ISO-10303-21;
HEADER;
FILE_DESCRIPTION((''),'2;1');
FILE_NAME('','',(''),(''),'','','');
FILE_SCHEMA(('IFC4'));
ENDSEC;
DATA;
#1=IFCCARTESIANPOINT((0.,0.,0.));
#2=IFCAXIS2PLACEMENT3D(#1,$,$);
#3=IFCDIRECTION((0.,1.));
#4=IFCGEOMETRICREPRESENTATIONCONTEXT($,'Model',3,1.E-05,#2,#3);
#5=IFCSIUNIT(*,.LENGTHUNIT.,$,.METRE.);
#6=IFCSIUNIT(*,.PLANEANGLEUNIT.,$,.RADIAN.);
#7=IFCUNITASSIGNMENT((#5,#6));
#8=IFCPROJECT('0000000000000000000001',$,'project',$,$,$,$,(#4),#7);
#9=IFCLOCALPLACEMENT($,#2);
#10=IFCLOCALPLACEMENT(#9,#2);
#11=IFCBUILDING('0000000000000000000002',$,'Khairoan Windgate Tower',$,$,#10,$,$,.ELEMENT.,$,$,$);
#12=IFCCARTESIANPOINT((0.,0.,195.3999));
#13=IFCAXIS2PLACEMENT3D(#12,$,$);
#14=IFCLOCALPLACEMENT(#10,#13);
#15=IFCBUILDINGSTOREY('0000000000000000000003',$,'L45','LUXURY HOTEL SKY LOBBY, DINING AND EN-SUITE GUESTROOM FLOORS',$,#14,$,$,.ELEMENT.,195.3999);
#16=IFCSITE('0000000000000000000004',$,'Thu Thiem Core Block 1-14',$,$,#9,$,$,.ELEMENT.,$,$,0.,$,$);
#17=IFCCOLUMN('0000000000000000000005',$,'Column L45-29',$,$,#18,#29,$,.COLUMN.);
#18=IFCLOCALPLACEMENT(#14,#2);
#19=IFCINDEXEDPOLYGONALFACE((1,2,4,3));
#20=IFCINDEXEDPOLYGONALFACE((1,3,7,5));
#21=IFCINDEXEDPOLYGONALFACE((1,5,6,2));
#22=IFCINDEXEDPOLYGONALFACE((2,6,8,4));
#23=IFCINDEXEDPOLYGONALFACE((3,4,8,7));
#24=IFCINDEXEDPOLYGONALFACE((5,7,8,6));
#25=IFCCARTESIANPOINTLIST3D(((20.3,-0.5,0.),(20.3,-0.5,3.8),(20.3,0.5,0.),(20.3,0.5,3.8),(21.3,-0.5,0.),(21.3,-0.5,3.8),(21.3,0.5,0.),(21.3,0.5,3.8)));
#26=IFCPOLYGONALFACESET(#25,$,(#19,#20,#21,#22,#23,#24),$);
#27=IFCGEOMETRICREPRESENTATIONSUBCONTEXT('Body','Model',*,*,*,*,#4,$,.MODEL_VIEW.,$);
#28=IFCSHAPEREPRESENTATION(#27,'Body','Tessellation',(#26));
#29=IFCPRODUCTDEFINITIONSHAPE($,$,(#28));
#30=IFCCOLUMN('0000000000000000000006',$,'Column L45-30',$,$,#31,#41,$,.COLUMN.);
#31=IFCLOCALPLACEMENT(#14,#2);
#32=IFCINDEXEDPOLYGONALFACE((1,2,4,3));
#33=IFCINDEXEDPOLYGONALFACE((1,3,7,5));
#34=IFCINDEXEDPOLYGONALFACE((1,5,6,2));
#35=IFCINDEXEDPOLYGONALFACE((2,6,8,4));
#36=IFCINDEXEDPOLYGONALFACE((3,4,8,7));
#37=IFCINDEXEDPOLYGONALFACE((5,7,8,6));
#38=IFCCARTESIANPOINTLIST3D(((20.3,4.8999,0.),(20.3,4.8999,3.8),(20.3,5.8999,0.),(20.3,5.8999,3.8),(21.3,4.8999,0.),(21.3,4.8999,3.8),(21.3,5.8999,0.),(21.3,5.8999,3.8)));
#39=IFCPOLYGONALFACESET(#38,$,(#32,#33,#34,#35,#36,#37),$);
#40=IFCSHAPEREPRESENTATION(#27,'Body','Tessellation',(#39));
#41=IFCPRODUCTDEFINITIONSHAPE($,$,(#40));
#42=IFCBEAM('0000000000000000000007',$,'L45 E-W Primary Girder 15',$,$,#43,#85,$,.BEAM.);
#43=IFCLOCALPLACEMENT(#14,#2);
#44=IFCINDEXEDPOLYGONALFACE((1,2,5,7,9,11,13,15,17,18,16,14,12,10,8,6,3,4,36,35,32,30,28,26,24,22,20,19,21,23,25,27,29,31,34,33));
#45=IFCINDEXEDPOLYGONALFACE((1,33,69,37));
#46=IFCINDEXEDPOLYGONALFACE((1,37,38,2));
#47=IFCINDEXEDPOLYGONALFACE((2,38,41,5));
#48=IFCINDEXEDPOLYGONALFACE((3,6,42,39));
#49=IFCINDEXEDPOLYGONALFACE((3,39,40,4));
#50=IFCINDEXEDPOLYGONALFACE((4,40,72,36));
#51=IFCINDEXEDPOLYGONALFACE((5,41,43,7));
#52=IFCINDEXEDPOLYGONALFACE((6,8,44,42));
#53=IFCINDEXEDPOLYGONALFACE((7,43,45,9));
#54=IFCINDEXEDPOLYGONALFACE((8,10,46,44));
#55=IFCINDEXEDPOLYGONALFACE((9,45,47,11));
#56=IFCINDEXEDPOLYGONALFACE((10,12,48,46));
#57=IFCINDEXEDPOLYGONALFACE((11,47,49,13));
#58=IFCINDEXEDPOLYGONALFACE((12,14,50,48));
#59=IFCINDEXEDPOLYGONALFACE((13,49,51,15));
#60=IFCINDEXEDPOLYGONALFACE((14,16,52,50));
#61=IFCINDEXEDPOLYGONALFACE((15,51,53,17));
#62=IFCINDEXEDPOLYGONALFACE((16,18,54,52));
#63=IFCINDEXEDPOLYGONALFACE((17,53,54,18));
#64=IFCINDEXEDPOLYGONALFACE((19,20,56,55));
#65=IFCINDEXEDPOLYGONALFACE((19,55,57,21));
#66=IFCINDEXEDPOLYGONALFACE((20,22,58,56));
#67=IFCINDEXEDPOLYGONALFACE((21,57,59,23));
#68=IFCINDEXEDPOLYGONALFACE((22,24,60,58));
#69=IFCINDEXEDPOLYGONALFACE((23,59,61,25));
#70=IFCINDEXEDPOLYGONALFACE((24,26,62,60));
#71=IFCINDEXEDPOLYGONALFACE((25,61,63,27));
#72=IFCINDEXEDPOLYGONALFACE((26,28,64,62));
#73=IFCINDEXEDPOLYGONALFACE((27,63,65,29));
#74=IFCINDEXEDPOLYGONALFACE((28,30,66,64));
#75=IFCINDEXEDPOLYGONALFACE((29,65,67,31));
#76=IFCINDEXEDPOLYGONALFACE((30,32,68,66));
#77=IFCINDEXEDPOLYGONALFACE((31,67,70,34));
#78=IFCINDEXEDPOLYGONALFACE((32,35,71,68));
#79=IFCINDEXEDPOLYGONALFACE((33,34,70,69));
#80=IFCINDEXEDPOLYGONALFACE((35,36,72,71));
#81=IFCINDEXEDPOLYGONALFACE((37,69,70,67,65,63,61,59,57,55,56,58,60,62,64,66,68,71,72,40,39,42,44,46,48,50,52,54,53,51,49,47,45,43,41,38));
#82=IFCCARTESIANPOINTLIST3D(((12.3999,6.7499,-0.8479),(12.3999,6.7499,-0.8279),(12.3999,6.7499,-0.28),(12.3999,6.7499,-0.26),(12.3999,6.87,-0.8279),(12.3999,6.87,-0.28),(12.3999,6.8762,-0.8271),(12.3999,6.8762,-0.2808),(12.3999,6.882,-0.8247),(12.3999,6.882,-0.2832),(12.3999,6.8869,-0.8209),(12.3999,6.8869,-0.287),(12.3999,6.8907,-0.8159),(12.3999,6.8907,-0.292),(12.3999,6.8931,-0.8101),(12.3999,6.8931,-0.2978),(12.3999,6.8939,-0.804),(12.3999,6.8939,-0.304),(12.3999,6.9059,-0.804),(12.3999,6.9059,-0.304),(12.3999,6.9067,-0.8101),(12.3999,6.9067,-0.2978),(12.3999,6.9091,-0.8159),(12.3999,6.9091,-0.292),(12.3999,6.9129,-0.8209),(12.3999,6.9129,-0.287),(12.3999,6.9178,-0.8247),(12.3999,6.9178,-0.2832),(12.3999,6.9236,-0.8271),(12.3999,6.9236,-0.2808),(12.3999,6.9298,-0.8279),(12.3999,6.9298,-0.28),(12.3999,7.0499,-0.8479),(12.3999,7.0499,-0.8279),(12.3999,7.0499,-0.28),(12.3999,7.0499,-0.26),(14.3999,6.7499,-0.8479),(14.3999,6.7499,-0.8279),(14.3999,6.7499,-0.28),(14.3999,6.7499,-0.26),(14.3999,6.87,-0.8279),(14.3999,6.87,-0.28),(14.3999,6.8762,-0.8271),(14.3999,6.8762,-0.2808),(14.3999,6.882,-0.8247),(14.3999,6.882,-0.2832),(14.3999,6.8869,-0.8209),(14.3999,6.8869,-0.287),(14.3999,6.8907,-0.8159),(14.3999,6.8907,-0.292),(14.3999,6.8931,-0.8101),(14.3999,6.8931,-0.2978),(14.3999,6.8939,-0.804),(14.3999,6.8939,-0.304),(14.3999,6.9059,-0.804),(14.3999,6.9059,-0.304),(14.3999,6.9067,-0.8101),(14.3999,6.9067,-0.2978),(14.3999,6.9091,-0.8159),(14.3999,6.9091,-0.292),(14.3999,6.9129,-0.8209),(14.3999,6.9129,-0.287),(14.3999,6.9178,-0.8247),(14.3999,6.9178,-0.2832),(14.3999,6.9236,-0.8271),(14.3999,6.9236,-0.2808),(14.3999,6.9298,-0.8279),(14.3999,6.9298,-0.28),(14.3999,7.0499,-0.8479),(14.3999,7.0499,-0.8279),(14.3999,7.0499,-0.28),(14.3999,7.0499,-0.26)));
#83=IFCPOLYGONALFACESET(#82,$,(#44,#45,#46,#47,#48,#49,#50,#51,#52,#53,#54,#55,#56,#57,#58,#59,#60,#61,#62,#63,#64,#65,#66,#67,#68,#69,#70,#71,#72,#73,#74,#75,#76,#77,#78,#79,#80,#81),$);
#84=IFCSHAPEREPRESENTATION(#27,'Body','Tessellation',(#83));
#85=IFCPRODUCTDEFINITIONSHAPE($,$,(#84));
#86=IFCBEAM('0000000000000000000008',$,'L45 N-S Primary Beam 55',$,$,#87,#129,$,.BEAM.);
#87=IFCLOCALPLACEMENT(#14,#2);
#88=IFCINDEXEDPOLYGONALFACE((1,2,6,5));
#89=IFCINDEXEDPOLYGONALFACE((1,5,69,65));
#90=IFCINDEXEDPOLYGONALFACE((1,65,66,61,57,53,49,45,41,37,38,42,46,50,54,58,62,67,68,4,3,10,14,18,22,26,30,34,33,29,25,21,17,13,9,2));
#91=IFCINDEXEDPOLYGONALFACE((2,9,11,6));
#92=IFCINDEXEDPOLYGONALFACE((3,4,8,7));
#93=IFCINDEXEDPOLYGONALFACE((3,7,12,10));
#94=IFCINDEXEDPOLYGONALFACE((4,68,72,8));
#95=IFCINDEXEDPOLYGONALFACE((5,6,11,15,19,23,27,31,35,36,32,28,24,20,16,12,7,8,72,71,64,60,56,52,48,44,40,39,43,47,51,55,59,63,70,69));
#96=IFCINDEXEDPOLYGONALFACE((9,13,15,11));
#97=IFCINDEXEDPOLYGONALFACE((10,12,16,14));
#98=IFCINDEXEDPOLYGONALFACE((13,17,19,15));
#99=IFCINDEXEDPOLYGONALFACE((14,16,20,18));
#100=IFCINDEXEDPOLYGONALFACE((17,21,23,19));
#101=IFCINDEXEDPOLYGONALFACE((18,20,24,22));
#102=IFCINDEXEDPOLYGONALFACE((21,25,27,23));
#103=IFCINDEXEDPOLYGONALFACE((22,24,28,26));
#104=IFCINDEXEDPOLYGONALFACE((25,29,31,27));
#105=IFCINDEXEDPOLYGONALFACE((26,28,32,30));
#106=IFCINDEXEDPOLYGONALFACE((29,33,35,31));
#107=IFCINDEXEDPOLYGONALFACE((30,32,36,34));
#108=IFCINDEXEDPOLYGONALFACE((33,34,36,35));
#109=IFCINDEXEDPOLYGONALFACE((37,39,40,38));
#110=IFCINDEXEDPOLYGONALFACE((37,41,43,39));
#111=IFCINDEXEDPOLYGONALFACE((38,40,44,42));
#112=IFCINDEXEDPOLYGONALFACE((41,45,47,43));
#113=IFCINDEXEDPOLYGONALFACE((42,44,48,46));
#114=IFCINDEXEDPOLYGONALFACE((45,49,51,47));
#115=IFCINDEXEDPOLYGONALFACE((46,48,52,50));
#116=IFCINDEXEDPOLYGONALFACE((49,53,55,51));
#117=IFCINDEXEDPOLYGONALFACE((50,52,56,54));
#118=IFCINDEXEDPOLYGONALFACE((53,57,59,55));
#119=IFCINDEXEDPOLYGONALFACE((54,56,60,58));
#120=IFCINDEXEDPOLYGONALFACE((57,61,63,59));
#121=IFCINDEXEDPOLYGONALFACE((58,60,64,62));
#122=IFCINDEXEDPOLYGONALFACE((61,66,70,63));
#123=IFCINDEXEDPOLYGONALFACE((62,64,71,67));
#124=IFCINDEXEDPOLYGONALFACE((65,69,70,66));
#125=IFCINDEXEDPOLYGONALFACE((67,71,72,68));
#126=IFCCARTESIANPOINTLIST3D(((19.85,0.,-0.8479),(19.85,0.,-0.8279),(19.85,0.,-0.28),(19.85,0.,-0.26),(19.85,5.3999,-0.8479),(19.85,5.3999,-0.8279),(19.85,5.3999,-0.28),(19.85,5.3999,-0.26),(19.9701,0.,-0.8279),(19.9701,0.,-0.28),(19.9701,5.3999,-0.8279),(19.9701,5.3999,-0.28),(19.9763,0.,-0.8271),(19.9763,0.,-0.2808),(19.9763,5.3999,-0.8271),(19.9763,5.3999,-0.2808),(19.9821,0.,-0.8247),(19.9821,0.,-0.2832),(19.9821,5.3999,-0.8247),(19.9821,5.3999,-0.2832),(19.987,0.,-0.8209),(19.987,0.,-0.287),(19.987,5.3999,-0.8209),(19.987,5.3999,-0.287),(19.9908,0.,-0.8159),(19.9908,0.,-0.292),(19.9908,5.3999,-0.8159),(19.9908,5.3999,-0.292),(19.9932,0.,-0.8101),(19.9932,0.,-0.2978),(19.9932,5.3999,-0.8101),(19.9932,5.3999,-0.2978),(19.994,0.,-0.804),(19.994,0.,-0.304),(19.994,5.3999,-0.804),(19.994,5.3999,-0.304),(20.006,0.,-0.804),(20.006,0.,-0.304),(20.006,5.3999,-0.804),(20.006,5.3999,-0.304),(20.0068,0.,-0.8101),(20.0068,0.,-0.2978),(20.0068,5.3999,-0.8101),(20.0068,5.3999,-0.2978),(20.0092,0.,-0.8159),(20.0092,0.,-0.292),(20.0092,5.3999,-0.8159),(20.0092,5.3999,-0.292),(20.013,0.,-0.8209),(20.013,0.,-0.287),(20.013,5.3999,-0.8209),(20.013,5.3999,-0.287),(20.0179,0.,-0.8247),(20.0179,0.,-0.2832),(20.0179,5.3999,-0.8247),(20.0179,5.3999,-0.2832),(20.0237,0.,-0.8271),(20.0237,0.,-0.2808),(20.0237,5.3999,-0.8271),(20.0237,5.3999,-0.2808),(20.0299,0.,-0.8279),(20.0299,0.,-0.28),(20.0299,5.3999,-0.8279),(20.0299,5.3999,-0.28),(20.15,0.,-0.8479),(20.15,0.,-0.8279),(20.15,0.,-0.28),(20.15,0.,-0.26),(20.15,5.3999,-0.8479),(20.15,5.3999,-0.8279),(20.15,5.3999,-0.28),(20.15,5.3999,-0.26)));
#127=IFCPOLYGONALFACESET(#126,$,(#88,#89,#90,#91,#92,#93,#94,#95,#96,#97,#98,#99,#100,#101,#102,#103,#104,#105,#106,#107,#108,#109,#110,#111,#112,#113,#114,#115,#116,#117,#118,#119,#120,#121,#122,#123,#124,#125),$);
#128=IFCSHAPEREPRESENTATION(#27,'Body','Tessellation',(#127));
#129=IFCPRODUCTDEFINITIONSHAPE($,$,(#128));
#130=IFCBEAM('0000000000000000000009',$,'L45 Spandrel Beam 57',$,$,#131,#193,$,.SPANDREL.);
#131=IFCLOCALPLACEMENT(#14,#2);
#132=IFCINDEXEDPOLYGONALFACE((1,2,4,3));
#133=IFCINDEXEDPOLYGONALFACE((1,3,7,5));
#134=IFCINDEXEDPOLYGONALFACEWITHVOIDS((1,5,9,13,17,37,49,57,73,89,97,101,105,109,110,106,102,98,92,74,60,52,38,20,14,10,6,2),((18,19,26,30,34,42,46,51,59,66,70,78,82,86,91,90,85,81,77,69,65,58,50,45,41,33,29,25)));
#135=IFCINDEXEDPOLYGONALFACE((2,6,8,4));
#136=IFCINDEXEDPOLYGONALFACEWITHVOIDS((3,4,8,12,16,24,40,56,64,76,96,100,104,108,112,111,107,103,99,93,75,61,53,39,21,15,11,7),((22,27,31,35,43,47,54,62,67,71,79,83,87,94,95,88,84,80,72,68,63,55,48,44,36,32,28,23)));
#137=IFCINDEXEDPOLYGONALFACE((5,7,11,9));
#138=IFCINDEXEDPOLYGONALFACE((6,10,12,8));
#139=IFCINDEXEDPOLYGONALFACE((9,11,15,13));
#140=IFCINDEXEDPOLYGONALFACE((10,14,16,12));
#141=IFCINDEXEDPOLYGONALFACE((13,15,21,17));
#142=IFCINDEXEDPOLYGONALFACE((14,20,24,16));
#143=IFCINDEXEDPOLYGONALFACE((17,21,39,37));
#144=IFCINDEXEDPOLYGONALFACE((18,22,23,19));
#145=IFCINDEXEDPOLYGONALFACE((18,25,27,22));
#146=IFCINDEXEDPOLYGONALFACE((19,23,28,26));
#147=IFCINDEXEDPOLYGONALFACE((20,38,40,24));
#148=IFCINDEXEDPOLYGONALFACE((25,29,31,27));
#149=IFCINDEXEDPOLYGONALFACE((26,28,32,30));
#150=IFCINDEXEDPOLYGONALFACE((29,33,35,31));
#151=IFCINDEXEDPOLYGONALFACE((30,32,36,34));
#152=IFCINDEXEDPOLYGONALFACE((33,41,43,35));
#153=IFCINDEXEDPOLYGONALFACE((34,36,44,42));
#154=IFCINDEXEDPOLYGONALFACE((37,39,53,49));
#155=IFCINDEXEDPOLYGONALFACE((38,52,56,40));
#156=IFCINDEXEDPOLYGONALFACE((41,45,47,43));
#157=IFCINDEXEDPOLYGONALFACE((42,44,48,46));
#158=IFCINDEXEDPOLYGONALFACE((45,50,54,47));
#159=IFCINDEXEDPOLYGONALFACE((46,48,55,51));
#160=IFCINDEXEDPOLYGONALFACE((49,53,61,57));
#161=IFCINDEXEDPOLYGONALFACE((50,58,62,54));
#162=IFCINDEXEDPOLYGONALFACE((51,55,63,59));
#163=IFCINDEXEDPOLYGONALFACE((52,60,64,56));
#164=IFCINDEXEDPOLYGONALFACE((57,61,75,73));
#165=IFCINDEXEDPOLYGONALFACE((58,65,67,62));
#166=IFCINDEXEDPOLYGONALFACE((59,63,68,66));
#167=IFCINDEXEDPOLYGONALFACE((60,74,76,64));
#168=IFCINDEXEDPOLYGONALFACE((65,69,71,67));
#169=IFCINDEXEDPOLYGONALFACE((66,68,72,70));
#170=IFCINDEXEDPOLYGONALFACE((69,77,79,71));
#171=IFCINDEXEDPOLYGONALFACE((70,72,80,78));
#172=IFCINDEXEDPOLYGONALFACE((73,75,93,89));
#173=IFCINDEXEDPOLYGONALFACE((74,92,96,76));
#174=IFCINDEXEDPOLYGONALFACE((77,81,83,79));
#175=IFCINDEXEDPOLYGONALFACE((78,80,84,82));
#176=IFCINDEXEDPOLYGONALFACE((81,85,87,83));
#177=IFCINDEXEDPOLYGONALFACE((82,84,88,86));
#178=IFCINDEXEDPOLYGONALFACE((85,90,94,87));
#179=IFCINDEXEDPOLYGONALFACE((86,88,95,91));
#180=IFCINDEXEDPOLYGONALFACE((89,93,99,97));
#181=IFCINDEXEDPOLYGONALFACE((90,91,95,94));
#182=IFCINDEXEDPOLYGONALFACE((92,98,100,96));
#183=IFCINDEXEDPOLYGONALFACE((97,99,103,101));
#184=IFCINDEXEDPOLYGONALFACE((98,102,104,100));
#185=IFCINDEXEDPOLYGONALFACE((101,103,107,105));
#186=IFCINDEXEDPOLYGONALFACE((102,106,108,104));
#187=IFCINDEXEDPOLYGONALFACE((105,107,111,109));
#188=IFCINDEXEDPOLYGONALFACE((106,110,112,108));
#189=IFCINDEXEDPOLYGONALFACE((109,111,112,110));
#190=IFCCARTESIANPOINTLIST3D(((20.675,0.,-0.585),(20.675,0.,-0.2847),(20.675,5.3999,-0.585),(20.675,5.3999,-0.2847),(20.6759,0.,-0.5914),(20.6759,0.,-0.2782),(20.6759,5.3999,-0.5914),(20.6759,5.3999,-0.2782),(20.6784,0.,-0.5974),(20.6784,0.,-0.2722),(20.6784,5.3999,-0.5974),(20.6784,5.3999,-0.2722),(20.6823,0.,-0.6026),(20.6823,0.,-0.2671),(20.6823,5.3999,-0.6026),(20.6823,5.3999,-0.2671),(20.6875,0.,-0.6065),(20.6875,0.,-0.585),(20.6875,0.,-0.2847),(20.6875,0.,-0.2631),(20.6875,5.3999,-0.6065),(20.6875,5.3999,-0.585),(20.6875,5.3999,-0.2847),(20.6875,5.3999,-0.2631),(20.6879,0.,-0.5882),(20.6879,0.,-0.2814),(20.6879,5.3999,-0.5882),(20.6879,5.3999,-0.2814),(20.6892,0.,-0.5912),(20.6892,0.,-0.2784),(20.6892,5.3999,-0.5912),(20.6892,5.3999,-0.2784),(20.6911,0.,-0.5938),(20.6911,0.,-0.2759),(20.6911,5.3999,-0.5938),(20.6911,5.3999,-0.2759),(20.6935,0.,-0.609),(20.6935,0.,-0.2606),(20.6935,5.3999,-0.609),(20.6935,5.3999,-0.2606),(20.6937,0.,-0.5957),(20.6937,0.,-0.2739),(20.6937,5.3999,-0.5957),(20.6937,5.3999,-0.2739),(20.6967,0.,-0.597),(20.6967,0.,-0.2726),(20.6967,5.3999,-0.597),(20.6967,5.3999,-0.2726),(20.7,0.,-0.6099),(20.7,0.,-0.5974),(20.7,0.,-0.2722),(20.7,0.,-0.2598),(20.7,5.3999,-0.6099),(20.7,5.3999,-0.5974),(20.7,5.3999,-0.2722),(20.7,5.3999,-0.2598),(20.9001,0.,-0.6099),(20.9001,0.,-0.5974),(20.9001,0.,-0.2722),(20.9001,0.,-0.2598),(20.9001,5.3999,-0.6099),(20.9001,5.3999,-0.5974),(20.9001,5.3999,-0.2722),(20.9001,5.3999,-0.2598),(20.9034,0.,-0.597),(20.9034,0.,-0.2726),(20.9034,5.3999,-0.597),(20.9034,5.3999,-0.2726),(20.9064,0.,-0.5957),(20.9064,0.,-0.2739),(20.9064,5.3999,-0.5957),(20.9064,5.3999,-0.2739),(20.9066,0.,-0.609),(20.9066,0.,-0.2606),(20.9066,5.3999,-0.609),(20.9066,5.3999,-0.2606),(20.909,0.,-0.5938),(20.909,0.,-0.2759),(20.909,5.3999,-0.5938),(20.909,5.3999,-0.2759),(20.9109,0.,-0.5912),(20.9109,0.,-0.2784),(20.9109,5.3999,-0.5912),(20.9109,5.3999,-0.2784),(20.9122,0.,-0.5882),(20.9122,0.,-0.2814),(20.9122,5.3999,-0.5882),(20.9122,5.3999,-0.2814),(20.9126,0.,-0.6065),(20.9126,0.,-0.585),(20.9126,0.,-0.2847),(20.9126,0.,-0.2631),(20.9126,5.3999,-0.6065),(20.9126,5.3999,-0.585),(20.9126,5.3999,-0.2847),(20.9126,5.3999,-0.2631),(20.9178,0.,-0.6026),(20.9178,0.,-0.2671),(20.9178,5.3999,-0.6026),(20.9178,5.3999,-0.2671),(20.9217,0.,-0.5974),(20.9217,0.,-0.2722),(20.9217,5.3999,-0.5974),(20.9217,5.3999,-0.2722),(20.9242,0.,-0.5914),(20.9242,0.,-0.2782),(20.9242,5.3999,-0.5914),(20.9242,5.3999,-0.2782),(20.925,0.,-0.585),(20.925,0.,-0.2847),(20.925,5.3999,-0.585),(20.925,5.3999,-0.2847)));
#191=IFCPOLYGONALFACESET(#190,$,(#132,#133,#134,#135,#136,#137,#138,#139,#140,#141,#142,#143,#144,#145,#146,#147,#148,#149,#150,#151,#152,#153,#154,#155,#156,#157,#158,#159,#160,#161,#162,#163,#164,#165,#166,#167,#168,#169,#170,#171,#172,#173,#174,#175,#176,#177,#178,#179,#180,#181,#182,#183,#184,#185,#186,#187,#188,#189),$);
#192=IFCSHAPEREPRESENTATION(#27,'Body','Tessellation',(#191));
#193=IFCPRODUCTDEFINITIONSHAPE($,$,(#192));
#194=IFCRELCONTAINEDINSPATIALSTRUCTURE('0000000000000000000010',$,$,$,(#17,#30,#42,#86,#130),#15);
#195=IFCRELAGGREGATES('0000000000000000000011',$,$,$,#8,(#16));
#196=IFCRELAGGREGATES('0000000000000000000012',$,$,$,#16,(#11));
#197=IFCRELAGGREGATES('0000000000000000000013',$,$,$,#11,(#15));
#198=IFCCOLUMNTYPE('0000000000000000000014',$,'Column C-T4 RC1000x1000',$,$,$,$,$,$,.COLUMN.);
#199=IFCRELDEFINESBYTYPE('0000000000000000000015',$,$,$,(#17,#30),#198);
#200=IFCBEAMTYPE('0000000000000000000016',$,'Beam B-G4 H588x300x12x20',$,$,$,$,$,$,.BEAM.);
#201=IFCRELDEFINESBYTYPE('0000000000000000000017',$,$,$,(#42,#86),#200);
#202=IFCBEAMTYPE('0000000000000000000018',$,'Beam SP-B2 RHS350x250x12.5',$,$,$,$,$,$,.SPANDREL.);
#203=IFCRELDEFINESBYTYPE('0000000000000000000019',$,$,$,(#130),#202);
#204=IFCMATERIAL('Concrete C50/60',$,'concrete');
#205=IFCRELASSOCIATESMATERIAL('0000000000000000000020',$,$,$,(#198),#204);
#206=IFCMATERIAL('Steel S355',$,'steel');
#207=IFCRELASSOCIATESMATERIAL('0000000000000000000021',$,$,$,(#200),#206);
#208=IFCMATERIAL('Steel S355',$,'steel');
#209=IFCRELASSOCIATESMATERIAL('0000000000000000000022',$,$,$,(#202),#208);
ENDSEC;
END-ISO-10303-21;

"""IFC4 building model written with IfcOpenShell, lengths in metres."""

from ifc_helpers import new_model, si_unit, direction, frame, origin, origin_2d, place, context, subcontext, project, spatial, rectangle, hollow_rectangle, i_section, extrude, material, material_profile, profile_set, type_object, element, save


model = new_model("IFC4")

# Units and contexts
model_context = context("Model", 3, precision=1e-05, world=origin(), true_north=direction((0.0, 1.0)))
body_context = subcontext(model_context, "Body", "Model", "MODEL_VIEW")
ifc_project = project(units=[si_unit("LENGTHUNIT", "METRE"), si_unit("PLANEANGLEUNIT", "RADIAN")], contexts=[model_context])

# Site, building, storey
site_placement = place(None, origin())
site = spatial("IfcSite", under=ifc_project, at=site_placement, Name="Thu Thiem Core Block 1-14", CompositionType="ELEMENT", RefElevation=0.0)
building_placement = place(site_placement, origin())
building = spatial("IfcBuilding", under=site, at=building_placement, Name="Khairoan Windgate Tower", CompositionType="ELEMENT")
storey_placement = place(building_placement, frame((0.0, 0.0, 195.3999)))
storey = spatial("IfcBuildingStorey", under=building, at=storey_placement, Name="L45", Description="LUXURY HOTEL SKY LOBBY, DINING AND EN-SUITE GUESTROOM FLOORS", CompositionType="ELEMENT", Elevation=195.3999)

# Columns
ifc_material_1 = material(Name="Concrete C50/60", Category="concrete")
ifc_material_profile_1 = material_profile(ifc_material_1, rectangle(XDim=1.0, YDim=1.0, at=origin_2d()))
ifc_profile_set_1 = profile_set([ifc_material_profile_1], Name="Concrete C50/60")
column_type = type_object("IfcColumnType", Name="Column C-T4 RC1000x1000", PredefinedType="COLUMN", material=ifc_profile_set_1)
for number, where, z_axis, x_axis, name in (
    (1, (20.8, 0.0, 0.0), (0.0, 0.0, 1.0), (1.0, 0.0, 0.0), "Column L45-29"),
    (2, (20.8, 5.3999, 0.0), (0.0, 0.0, 1.0), (1.0, 0.0, 0.0), "Column L45-30"),
):
    element("IfcColumn", number, at=place(storey_placement, frame(where, z_axis=z_axis, x_axis=x_axis)), inside=storey, type_object=column_type, Name=name, PredefinedType="COLUMN", context=body_context, shape_type="SweptSolid", body=[
        extrude(rectangle(XDim=1.0, YDim=1.0, at=origin_2d()), origin(), (0.0, 0.0, 1.0), 3.8),
    ])

# Beams
ifc_material_2 = material(Name="Steel S355", Category="steel")
ifc_material_profile_2 = material_profile(ifc_material_2, i_section(OverallWidth=0.3, OverallDepth=0.5879, WebThickness=0.012, FlangeThickness=0.02, FilletRadius=0.0239, at=origin_2d()))
ifc_profile_set_2 = profile_set([ifc_material_profile_2], Name="Steel S355")
beam_type_1 = type_object("IfcBeamType", Name="Beam B-G4 H588x300x12x20", PredefinedType="BEAM", material=ifc_profile_set_2)
beam_1_placement = place(storey_placement, frame((12.3999, 6.8999, -0.554), z_axis=(1.0, 0.0, 0.0), x_axis=(0.0, 1.0, 0.0)))
element("IfcBeam", 3, at=beam_1_placement, inside=storey, type_object=beam_type_1, Name="L45 E-W Primary Girder 15", PredefinedType="BEAM", context=body_context, shape_type="SweptSolid", body=[
    extrude(i_section(OverallWidth=0.3, OverallDepth=0.5879, WebThickness=0.012, FlangeThickness=0.02, FilletRadius=0.0239, at=origin_2d()), origin(), (0.0, 0.0, 1.0), 2.0),
])
beam_2_placement = place(storey_placement, frame((20.0, 0.0, -0.554), z_axis=(0.0, 1.0, 0.0), x_axis=(-1.0, 0.0, 0.0)))
element("IfcBeam", 4, at=beam_2_placement, inside=storey, type_object=beam_type_1, Name="L45 N-S Primary Beam 55", PredefinedType="BEAM", context=body_context, shape_type="SweptSolid", body=[
    extrude(i_section(OverallWidth=0.3, OverallDepth=0.5879, WebThickness=0.012, FlangeThickness=0.02, FilletRadius=0.0239, at=origin_2d()), origin(), (0.0, 0.0, 1.0), 5.3999),
])
ifc_material_3 = material(Name="Steel S355", Category="steel")
ifc_material_profile_3 = material_profile(ifc_material_3, hollow_rectangle(XDim=0.25, YDim=0.3501, WallThickness=0.0125, InnerFilletRadius=0.0125, OuterFilletRadius=0.0249, at=origin_2d()))
ifc_profile_set_3 = profile_set([ifc_material_profile_3], Name="Steel S355")
beam_type_2 = type_object("IfcBeamType", Name="Beam SP-B2 RHS350x250x12.5", PredefinedType="SPANDREL", material=ifc_profile_set_3)
beam_3_placement = place(storey_placement, frame((20.8, 0.0, -0.4348), z_axis=(0.0, 1.0, 0.0), x_axis=(-1.0, 0.0, 0.0)))
element("IfcBeam", 5, at=beam_3_placement, inside=storey, type_object=beam_type_2, Name="L45 Spandrel Beam 57", PredefinedType="SPANDREL", context=body_context, shape_type="SweptSolid", body=[
    extrude(hollow_rectangle(XDim=0.25, YDim=0.3501, WallThickness=0.0125, InnerFilletRadius=0.0125, OuterFilletRadius=0.0249, at=origin_2d()), origin(), (0.0, 0.0, 1.0), 5.3999),
])

save(model, "model.ifc")
